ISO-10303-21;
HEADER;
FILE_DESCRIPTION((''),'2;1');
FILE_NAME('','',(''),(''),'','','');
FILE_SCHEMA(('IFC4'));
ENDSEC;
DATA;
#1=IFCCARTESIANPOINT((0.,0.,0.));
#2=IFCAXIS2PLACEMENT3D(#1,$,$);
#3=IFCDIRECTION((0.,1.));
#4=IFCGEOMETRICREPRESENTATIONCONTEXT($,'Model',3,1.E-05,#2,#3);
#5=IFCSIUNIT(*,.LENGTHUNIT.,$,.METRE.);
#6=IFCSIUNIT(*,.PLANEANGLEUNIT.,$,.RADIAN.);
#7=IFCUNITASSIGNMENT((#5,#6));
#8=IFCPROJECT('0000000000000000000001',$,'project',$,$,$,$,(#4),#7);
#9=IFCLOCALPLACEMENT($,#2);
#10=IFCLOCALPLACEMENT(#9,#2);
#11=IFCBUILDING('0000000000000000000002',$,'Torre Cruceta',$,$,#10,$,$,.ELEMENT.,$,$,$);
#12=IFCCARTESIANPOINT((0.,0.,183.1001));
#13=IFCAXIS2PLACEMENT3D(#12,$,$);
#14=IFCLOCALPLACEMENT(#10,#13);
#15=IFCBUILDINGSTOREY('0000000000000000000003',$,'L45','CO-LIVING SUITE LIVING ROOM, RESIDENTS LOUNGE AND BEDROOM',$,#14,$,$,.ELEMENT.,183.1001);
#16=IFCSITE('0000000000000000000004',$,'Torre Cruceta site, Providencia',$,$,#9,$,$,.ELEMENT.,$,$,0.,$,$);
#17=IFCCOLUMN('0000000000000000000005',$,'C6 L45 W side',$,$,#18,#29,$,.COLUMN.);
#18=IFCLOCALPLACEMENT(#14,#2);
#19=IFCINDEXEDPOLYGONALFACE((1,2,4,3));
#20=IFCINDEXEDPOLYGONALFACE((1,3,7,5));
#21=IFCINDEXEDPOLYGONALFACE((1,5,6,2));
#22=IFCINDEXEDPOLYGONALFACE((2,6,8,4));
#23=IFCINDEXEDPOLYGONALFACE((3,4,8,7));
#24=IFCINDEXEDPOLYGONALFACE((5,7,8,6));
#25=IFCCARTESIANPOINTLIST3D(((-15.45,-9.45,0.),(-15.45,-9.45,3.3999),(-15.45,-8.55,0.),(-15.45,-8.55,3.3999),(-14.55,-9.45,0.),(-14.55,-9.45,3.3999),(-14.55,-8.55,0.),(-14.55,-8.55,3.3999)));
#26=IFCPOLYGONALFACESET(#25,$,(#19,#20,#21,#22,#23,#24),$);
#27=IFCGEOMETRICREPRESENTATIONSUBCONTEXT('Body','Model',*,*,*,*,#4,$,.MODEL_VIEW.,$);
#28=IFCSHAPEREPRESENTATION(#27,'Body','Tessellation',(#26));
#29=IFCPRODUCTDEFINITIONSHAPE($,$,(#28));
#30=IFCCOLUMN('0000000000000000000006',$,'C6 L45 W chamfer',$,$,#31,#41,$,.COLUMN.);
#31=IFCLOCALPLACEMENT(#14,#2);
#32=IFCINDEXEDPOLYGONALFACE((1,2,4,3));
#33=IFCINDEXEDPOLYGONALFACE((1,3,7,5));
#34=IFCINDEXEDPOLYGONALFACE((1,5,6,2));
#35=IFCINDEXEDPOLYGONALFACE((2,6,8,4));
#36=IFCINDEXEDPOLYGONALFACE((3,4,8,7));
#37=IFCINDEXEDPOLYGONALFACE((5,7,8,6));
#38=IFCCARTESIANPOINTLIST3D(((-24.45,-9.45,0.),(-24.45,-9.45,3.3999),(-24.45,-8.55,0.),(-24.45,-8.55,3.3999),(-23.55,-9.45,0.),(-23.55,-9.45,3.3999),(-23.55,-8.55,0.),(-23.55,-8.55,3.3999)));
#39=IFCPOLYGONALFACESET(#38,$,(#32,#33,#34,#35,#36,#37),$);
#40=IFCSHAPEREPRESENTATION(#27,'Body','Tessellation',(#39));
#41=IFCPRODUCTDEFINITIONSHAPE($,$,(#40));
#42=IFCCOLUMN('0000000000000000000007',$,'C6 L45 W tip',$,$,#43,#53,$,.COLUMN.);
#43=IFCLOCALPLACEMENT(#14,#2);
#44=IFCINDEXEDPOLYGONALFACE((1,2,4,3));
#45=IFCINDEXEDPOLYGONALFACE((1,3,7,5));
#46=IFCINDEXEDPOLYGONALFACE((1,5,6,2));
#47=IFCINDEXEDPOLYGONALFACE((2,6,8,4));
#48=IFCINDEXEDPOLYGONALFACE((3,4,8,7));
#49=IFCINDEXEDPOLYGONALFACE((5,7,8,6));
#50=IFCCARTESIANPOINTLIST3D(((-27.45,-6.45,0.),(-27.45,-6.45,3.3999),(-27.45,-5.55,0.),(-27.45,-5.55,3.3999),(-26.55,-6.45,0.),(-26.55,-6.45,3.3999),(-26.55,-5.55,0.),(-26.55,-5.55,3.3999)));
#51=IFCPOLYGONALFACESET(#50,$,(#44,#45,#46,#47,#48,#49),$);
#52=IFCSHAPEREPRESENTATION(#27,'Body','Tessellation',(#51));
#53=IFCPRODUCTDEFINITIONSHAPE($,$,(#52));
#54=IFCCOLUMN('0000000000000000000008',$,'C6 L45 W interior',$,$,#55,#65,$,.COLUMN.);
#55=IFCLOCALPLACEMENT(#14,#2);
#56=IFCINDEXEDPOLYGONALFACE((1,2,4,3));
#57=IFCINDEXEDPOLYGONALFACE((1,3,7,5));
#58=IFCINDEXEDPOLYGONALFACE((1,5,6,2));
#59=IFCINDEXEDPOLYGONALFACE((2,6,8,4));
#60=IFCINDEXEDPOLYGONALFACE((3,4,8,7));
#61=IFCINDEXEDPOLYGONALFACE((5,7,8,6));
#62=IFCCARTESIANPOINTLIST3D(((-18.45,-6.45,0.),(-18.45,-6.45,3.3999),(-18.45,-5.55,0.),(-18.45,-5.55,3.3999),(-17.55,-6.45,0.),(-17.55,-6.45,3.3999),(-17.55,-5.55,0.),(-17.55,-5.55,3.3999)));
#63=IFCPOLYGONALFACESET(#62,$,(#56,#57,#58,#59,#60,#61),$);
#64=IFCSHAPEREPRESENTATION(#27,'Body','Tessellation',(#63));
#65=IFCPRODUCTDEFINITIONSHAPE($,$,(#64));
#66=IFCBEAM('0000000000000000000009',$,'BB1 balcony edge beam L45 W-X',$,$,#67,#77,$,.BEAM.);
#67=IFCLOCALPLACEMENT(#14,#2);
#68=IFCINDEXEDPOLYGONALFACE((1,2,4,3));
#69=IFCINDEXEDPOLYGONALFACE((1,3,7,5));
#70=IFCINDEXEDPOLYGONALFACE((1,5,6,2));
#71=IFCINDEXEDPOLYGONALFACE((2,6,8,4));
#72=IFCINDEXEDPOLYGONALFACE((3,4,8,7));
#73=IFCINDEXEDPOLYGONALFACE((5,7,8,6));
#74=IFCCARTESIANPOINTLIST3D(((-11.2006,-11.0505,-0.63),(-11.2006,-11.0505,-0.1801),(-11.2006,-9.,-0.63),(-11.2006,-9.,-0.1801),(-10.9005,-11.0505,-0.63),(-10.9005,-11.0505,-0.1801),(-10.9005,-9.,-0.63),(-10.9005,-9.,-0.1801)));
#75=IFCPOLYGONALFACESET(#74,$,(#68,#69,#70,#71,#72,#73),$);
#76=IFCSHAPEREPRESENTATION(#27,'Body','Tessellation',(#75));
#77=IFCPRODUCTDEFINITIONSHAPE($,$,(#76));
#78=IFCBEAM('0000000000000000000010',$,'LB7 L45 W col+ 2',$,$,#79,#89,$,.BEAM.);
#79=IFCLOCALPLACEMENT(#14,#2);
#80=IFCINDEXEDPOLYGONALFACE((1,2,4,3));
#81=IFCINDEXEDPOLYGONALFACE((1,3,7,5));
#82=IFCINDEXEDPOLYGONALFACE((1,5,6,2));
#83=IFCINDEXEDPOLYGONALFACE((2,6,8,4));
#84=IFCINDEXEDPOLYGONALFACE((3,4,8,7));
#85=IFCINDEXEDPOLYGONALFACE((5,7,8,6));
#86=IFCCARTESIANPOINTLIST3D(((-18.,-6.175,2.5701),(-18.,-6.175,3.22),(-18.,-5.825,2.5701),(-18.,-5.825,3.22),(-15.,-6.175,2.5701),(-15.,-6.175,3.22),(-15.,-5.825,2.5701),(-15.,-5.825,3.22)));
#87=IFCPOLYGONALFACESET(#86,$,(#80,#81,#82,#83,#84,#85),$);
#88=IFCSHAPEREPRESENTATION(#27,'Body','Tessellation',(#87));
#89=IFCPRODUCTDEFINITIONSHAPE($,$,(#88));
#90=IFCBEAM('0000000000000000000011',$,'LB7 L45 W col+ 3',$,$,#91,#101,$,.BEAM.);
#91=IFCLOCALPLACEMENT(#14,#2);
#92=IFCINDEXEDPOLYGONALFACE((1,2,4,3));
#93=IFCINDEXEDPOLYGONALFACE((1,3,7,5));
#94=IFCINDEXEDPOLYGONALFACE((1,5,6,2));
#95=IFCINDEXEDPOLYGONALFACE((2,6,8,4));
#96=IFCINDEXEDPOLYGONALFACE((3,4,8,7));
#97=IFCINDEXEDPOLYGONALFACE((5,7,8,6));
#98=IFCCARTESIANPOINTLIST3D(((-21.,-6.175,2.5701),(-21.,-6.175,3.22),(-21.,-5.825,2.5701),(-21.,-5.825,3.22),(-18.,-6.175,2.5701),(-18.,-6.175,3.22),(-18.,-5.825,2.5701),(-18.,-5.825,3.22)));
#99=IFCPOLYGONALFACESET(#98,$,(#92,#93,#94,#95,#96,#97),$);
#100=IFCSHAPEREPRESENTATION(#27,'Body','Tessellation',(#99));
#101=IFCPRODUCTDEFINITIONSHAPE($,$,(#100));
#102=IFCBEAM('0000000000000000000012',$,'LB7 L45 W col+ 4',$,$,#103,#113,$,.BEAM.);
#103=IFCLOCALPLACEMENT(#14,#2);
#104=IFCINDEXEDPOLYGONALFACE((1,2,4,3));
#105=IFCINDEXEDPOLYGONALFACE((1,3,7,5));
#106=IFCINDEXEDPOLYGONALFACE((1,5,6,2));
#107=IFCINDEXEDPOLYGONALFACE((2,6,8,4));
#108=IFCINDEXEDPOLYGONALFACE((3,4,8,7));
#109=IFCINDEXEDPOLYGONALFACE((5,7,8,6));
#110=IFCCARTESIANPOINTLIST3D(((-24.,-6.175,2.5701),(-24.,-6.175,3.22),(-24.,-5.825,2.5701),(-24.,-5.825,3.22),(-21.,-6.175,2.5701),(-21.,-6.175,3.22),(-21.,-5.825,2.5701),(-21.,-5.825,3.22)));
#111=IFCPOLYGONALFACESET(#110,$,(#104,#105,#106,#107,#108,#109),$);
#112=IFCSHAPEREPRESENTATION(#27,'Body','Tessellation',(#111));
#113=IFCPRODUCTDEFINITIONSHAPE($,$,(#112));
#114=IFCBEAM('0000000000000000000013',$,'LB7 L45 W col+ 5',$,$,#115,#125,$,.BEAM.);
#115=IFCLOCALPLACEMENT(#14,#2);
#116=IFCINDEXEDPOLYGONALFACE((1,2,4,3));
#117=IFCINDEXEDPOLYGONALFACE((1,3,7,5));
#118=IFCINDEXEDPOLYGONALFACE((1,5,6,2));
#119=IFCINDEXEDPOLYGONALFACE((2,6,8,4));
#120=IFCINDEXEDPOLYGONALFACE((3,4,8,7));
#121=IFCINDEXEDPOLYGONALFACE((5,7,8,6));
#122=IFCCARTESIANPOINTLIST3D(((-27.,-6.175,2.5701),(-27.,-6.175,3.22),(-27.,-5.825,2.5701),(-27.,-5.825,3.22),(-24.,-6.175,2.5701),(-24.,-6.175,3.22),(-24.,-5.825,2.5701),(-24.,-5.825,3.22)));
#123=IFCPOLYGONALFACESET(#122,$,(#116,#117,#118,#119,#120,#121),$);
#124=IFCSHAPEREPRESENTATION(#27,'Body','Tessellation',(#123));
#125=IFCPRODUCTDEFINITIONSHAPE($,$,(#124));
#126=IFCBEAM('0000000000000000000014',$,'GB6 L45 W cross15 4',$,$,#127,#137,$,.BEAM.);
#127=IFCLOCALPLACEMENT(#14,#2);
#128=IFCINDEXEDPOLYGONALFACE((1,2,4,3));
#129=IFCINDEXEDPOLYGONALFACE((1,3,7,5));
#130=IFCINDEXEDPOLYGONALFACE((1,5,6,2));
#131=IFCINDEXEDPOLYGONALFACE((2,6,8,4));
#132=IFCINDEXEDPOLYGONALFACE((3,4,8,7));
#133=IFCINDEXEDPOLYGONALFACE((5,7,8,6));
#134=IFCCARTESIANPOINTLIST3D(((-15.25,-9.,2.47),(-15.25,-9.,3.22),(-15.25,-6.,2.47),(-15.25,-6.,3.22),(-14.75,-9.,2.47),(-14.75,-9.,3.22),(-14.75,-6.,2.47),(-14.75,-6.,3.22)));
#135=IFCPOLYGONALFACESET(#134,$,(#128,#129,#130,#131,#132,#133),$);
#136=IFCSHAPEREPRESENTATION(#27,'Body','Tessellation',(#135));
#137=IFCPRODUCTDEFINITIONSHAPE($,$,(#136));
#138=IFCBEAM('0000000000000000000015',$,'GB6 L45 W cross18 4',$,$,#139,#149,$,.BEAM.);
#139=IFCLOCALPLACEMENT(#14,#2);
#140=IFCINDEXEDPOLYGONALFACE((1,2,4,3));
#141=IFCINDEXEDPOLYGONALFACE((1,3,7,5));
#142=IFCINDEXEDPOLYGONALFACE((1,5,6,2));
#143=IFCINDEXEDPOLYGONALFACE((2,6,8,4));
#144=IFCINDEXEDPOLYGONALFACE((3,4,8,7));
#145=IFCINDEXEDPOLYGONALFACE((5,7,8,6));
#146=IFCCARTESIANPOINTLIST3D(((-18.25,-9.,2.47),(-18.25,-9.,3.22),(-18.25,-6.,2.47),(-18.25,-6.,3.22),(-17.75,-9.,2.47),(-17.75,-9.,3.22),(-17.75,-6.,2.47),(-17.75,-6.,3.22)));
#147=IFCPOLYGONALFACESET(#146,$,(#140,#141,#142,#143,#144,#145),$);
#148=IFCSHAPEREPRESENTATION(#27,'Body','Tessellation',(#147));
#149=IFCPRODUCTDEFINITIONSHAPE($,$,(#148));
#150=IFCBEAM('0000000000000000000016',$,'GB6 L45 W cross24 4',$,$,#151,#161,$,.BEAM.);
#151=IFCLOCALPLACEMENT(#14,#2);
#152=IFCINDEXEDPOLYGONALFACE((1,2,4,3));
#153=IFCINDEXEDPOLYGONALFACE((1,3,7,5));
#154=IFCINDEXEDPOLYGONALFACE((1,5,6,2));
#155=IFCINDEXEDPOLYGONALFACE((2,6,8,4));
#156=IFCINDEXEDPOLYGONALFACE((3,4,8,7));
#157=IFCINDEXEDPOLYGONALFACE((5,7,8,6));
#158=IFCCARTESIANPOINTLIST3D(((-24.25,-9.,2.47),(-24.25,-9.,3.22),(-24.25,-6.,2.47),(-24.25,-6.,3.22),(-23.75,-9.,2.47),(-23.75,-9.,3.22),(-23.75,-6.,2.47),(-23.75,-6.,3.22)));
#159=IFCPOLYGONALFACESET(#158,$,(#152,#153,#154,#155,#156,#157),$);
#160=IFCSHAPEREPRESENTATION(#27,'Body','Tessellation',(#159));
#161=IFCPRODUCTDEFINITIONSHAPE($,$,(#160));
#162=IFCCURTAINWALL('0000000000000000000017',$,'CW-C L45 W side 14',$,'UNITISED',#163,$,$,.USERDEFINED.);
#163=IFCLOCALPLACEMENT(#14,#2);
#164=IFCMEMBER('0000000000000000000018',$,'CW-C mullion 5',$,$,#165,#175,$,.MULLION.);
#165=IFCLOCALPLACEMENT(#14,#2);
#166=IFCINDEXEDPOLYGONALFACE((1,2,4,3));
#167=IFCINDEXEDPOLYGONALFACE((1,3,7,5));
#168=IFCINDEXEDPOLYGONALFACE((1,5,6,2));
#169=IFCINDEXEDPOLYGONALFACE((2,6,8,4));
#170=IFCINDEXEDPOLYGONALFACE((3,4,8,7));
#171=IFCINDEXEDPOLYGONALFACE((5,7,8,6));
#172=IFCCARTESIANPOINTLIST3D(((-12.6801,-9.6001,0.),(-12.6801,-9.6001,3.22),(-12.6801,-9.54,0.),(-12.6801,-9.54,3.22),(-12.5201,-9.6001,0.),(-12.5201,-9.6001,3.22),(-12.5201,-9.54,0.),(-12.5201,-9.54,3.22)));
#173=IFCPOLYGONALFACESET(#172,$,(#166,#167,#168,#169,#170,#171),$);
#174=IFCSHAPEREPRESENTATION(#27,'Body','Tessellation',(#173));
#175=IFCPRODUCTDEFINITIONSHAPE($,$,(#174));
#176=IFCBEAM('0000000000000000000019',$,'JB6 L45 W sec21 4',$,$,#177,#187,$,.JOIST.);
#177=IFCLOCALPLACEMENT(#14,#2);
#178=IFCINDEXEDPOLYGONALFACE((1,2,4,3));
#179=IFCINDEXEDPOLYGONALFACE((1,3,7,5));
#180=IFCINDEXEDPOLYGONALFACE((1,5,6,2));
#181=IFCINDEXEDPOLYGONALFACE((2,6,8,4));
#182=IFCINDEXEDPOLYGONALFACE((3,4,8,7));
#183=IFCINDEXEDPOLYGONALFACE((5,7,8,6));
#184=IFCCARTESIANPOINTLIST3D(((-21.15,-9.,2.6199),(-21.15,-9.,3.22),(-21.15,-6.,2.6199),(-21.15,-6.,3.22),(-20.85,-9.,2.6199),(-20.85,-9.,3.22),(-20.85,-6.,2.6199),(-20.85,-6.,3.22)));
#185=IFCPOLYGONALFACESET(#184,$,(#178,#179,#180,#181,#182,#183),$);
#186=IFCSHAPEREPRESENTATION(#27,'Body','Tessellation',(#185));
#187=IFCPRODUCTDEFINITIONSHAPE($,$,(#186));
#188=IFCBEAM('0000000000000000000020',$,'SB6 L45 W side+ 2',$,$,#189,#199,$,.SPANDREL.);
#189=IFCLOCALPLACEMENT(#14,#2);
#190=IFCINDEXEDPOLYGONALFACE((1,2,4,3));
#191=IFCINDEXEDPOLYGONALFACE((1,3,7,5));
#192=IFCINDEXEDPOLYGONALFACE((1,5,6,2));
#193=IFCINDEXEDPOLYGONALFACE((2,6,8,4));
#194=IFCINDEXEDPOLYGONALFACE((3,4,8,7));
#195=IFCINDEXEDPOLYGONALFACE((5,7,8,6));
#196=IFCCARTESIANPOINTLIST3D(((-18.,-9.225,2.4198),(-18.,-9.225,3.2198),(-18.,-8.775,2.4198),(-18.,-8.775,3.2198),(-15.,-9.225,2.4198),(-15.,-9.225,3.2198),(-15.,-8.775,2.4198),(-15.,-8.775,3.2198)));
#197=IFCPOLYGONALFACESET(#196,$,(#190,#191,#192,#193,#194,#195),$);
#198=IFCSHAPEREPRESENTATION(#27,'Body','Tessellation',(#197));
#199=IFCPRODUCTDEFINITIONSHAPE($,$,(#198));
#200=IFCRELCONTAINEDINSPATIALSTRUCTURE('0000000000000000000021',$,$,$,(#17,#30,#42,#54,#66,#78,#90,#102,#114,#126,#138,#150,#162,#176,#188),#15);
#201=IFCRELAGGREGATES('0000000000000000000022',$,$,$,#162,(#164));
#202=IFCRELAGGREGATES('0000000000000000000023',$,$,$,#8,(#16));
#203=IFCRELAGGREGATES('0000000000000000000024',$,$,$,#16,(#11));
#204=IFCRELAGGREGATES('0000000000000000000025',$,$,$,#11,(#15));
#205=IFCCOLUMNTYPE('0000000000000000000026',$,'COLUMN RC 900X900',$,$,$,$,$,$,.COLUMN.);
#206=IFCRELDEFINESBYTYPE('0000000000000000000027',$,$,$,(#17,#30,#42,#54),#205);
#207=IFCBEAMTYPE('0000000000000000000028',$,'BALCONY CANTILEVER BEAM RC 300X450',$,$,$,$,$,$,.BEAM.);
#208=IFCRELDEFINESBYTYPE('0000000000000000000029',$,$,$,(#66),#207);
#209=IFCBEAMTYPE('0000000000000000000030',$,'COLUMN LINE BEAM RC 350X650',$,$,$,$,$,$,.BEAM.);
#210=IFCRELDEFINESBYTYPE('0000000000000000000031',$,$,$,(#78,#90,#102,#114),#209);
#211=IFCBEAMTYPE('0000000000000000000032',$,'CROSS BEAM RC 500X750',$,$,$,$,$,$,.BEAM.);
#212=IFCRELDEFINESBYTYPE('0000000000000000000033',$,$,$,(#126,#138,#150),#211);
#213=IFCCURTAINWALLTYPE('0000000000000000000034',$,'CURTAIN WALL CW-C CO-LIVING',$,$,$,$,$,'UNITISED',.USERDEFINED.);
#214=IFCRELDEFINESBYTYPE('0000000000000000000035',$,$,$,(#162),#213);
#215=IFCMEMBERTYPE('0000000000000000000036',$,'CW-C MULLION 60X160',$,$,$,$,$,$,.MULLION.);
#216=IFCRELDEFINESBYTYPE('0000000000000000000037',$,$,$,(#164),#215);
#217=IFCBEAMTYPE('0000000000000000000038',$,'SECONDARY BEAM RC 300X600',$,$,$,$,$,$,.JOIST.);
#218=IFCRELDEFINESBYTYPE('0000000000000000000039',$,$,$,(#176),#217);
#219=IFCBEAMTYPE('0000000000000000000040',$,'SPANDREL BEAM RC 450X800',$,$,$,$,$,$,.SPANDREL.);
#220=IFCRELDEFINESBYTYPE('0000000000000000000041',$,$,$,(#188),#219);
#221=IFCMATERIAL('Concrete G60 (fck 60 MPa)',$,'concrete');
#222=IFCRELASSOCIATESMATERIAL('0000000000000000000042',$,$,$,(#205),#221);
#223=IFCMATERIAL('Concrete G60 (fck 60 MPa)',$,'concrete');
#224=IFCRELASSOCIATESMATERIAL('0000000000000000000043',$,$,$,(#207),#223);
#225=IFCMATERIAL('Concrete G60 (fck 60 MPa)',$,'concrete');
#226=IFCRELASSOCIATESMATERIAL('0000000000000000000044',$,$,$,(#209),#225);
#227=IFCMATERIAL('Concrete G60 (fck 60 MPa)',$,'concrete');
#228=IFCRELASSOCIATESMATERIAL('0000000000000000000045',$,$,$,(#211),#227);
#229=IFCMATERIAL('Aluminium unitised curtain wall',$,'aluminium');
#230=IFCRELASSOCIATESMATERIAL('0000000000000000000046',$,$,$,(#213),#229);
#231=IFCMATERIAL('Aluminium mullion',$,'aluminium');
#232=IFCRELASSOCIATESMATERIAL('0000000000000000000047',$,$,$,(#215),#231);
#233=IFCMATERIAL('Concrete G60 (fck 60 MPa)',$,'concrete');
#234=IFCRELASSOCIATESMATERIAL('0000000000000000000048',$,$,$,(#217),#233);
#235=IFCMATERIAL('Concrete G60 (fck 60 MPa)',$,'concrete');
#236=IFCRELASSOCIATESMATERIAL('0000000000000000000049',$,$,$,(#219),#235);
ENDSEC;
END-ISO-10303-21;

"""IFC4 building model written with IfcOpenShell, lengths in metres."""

from ifc_helpers import new_model, si_unit, direction, frame, origin, origin_2d, place, context, subcontext, project, spatial, rectangle, extrude, material, material_profile, profile_set, type_object, element, aggregate, save


model = new_model("IFC4")

# Units and contexts
model_context = context("Model", 3, precision=1e-05, world=origin(), true_north=direction((0.0, 1.0)))
body_context = subcontext(model_context, "Body", "Model", "MODEL_VIEW")
ifc_project = project(units=[si_unit("LENGTHUNIT", "METRE"), si_unit("PLANEANGLEUNIT", "RADIAN")], contexts=[model_context])

# Site, building, storey
site_placement = place(None, origin())
site = spatial("IfcSite", under=ifc_project, at=site_placement, Name="Torre Cruceta site, Providencia", CompositionType="ELEMENT", RefElevation=0.0)
building_placement = place(site_placement, origin())
building = spatial("IfcBuilding", under=site, at=building_placement, Name="Torre Cruceta", CompositionType="ELEMENT")
storey_placement = place(building_placement, frame((0.0, 0.0, 183.1001)))
storey = spatial("IfcBuildingStorey", under=building, at=storey_placement, Name="L45", Description="CO-LIVING SUITE LIVING ROOM, RESIDENTS LOUNGE AND BEDROOM", CompositionType="ELEMENT", Elevation=183.1001)

# Columns
ifc_material_1 = material(Name="Concrete G60 (fck 60 MPa)", Category="concrete")
ifc_material_profile_1 = material_profile(ifc_material_1, rectangle(XDim=0.8999, YDim=0.8999, at=origin_2d()), Name="RC 900X900")
ifc_profile_set_1 = profile_set([ifc_material_profile_1], Name="Concrete G60 (fck 60 MPa)")
column_type = type_object("IfcColumnType", Name="COLUMN RC 900X900", PredefinedType="COLUMN", material=ifc_profile_set_1)
for number, where, z_axis, x_axis, name in (
    (1, (-15.0, -9.0, 0.0), (0.0, 0.0, 1.0), (1.0, 0.0, 0.0), "C6 L45 W side"),
    (2, (-24.0, -9.0, 0.0), (0.0, 0.0, 1.0), (1.0, 0.0, 0.0), "C6 L45 W chamfer"),
    (3, (-27.0, -6.0, 0.0), (0.0, 0.0, 1.0), (1.0, 0.0, 0.0), "C6 L45 W tip"),
    (4, (-18.0, -6.0, 0.0), (0.0, 0.0, 1.0), (1.0, 0.0, 0.0), "C6 L45 W interior"),
):
    element("IfcColumn", number, at=place(storey_placement, frame(where, z_axis=z_axis, x_axis=x_axis)), inside=storey, type_object=column_type, Name=name, PredefinedType="COLUMN", context=body_context, shape_type="SweptSolid", body=[
        extrude(rectangle(XDim=0.8999, YDim=0.8999, at=origin_2d()), origin(), (0.0, 0.0, 1.0), 3.3999),
    ])

# Beams
ifc_material_2 = material(Name="Concrete G60 (fck 60 MPa)", Category="concrete")
ifc_material_profile_2 = material_profile(ifc_material_2, rectangle(XDim=0.3, YDim=0.45, at=origin_2d()), Name="RC 300X450")
ifc_profile_set_2 = profile_set([ifc_material_profile_2], Name="Concrete G60 (fck 60 MPa)")
beam_type_1 = type_object("IfcBeamType", Name="BALCONY CANTILEVER BEAM RC 300X450", PredefinedType="BEAM", material=ifc_profile_set_2)
beam_1_placement = place(storey_placement, frame((-11.0505, -9.0, -0.405), z_axis=(0.0, -1.0, 0.0), x_axis=(1.0, 0.0, 0.0)))
element("IfcBeam", 5, at=beam_1_placement, inside=storey, type_object=beam_type_1, Name="BB1 balcony edge beam L45 W-X", PredefinedType="BEAM", context=body_context, shape_type="SweptSolid", body=[
    extrude(rectangle(XDim=0.3, YDim=0.45, at=origin_2d()), origin(), (0.0, 0.0, 1.0), 2.0505),
])
ifc_material_3 = material(Name="Concrete G60 (fck 60 MPa)", Category="concrete")
ifc_material_profile_3 = material_profile(ifc_material_3, rectangle(XDim=0.3501, YDim=0.6499, at=origin_2d()), Name="RC 350X650")
ifc_profile_set_3 = profile_set([ifc_material_profile_3], Name="Concrete G60 (fck 60 MPa)")
beam_type_2 = type_object("IfcBeamType", Name="COLUMN LINE BEAM RC 350X650", PredefinedType="BEAM", material=ifc_profile_set_3)
for number, where, z_axis, x_axis, name in (
    (6, (-15.0, -6.0, 2.895), (-1.0, 0.0, 0.0), (0.0, -1.0, 0.0), "LB7 L45 W col+ 2"),
    (7, (-18.0, -6.0, 2.895), (-1.0, 0.0, 0.0), (0.0, -1.0, 0.0), "LB7 L45 W col+ 3"),
    (8, (-21.0, -6.0, 2.895), (-1.0, 0.0, 0.0), (0.0, -1.0, 0.0), "LB7 L45 W col+ 4"),
    (9, (-24.0, -6.0, 2.895), (-1.0, 0.0, 0.0), (0.0, -1.0, 0.0), "LB7 L45 W col+ 5"),
):
    element("IfcBeam", number, at=place(storey_placement, frame(where, z_axis=z_axis, x_axis=x_axis)), inside=storey, type_object=beam_type_2, Name=name, PredefinedType="BEAM", context=body_context, shape_type="SweptSolid", body=[
        extrude(rectangle(XDim=0.3501, YDim=0.6499, at=origin_2d()), origin(), (0.0, 0.0, 1.0), 3.0),
    ])
ifc_material_4 = material(Name="Concrete G60 (fck 60 MPa)", Category="concrete")
ifc_material_profile_4 = material_profile(ifc_material_4, rectangle(XDim=0.5, YDim=0.75, at=origin_2d()), Name="RC 500X750")
ifc_profile_set_4 = profile_set([ifc_material_profile_4], Name="Concrete G60 (fck 60 MPa)")
beam_type_3 = type_object("IfcBeamType", Name="CROSS BEAM RC 500X750", PredefinedType="BEAM", material=ifc_profile_set_4)
for number, where, z_axis, x_axis, name in (
    (10, (-15.0, -6.0, 2.845), (0.0, -1.0, 0.0), (1.0, 0.0, 0.0), "GB6 L45 W cross15 4"),
    (11, (-18.0, -6.0, 2.845), (0.0, -1.0, 0.0), (1.0, 0.0, 0.0), "GB6 L45 W cross18 4"),
    (12, (-24.0, -6.0, 2.845), (0.0, -1.0, 0.0), (1.0, 0.0, 0.0), "GB6 L45 W cross24 4"),
):
    element("IfcBeam", number, at=place(storey_placement, frame(where, z_axis=z_axis, x_axis=x_axis)), inside=storey, type_object=beam_type_3, Name=name, PredefinedType="BEAM", context=body_context, shape_type="SweptSolid", body=[
        extrude(rectangle(XDim=0.5, YDim=0.75, at=origin_2d()), origin(), (0.0, 0.0, 1.0), 3.0),
    ])

# Curtain wall, member
ifc_material_5 = material(Name="Aluminium unitised curtain wall", Category="aluminium")
curtain_wall_type = type_object("IfcCurtainWallType", Name="CURTAIN WALL CW-C CO-LIVING", ElementType="UNITISED", PredefinedType="USERDEFINED", material=ifc_material_5)
curtain_wall_placement = place(storey_placement, origin())
curtain_wall = element("IfcCurtainWall", 13, at=curtain_wall_placement, inside=storey, type_object=curtain_wall_type, Name="CW-C L45 W side 14", ObjectType="UNITISED", PredefinedType="USERDEFINED")
ifc_material_6 = material(Name="Aluminium mullion", Category="aluminium")
ifc_material_profile_5 = material_profile(ifc_material_6, rectangle(XDim=0.0601, YDim=0.1599, at=origin_2d()), Name="AL 60X160")
ifc_profile_set_5 = profile_set([ifc_material_profile_5], Name="Aluminium mullion")
member_type = type_object("IfcMemberType", Name="CW-C MULLION 60X160", PredefinedType="MULLION", material=ifc_profile_set_5)
member_placement = place(storey_placement, frame((-12.6001, -9.5701, 0.0), z_axis=(0.0, 0.0, 1.0), x_axis=(0.0, 1.0, 0.0)))
member = element("IfcMember", 14, at=member_placement, type_object=member_type, Name="CW-C mullion 5", PredefinedType="MULLION", context=body_context, shape_type="SweptSolid", body=[
    extrude(rectangle(XDim=0.0601, YDim=0.1599, at=origin_2d()), origin(), (0.0, 0.0, 1.0), 3.22),
])
aggregate(curtain_wall, [member])

# Beams
ifc_material_7 = material(Name="Concrete G60 (fck 60 MPa)", Category="concrete")
ifc_material_profile_6 = material_profile(ifc_material_7, rectangle(XDim=0.3, YDim=0.6001, at=origin_2d()), Name="RC 300X600")
ifc_profile_set_6 = profile_set([ifc_material_profile_6], Name="Concrete G60 (fck 60 MPa)")
beam_type_4 = type_object("IfcBeamType", Name="SECONDARY BEAM RC 300X600", PredefinedType="JOIST", material=ifc_profile_set_6)
beam_2_placement = place(storey_placement, frame((-21.0, -6.0, 2.9199), z_axis=(0.0, -1.0, 0.0), x_axis=(1.0, 0.0, 0.0)))
element("IfcBeam", 15, at=beam_2_placement, inside=storey, type_object=beam_type_4, Name="JB6 L45 W sec21 4", PredefinedType="JOIST", context=body_context, shape_type="SweptSolid", body=[
    extrude(rectangle(XDim=0.3, YDim=0.6001, at=origin_2d()), origin(), (0.0, 0.0, 1.0), 3.0),
])
ifc_material_8 = material(Name="Concrete G60 (fck 60 MPa)", Category="concrete")
ifc_material_profile_7 = material_profile(ifc_material_8, rectangle(XDim=0.45, YDim=0.8, at=origin_2d()), Name="RC 450X800")
ifc_profile_set_7 = profile_set([ifc_material_profile_7], Name="Concrete G60 (fck 60 MPa)")
beam_type_5 = type_object("IfcBeamType", Name="SPANDREL BEAM RC 450X800", PredefinedType="SPANDREL", material=ifc_profile_set_7)
for number, where, z_axis, x_axis, name in (
    (16, (-15.0, -9.0, 2.8198), (-1.0, 0.0, 0.0), (0.0, -1.0, 0.0), "SB6 L45 W side+ 2"),
):
    element("IfcBeam", number, at=place(storey_placement, frame(where, z_axis=z_axis, x_axis=x_axis)), inside=storey, type_object=beam_type_5, Name=name, PredefinedType="SPANDREL", context=body_context, shape_type="SweptSolid", body=[
        extrude(rectangle(XDim=0.45, YDim=0.8, at=origin_2d()), origin(), (0.0, 0.0, 1.0), 3.0),
    ])

save(model, "model.ifc")
